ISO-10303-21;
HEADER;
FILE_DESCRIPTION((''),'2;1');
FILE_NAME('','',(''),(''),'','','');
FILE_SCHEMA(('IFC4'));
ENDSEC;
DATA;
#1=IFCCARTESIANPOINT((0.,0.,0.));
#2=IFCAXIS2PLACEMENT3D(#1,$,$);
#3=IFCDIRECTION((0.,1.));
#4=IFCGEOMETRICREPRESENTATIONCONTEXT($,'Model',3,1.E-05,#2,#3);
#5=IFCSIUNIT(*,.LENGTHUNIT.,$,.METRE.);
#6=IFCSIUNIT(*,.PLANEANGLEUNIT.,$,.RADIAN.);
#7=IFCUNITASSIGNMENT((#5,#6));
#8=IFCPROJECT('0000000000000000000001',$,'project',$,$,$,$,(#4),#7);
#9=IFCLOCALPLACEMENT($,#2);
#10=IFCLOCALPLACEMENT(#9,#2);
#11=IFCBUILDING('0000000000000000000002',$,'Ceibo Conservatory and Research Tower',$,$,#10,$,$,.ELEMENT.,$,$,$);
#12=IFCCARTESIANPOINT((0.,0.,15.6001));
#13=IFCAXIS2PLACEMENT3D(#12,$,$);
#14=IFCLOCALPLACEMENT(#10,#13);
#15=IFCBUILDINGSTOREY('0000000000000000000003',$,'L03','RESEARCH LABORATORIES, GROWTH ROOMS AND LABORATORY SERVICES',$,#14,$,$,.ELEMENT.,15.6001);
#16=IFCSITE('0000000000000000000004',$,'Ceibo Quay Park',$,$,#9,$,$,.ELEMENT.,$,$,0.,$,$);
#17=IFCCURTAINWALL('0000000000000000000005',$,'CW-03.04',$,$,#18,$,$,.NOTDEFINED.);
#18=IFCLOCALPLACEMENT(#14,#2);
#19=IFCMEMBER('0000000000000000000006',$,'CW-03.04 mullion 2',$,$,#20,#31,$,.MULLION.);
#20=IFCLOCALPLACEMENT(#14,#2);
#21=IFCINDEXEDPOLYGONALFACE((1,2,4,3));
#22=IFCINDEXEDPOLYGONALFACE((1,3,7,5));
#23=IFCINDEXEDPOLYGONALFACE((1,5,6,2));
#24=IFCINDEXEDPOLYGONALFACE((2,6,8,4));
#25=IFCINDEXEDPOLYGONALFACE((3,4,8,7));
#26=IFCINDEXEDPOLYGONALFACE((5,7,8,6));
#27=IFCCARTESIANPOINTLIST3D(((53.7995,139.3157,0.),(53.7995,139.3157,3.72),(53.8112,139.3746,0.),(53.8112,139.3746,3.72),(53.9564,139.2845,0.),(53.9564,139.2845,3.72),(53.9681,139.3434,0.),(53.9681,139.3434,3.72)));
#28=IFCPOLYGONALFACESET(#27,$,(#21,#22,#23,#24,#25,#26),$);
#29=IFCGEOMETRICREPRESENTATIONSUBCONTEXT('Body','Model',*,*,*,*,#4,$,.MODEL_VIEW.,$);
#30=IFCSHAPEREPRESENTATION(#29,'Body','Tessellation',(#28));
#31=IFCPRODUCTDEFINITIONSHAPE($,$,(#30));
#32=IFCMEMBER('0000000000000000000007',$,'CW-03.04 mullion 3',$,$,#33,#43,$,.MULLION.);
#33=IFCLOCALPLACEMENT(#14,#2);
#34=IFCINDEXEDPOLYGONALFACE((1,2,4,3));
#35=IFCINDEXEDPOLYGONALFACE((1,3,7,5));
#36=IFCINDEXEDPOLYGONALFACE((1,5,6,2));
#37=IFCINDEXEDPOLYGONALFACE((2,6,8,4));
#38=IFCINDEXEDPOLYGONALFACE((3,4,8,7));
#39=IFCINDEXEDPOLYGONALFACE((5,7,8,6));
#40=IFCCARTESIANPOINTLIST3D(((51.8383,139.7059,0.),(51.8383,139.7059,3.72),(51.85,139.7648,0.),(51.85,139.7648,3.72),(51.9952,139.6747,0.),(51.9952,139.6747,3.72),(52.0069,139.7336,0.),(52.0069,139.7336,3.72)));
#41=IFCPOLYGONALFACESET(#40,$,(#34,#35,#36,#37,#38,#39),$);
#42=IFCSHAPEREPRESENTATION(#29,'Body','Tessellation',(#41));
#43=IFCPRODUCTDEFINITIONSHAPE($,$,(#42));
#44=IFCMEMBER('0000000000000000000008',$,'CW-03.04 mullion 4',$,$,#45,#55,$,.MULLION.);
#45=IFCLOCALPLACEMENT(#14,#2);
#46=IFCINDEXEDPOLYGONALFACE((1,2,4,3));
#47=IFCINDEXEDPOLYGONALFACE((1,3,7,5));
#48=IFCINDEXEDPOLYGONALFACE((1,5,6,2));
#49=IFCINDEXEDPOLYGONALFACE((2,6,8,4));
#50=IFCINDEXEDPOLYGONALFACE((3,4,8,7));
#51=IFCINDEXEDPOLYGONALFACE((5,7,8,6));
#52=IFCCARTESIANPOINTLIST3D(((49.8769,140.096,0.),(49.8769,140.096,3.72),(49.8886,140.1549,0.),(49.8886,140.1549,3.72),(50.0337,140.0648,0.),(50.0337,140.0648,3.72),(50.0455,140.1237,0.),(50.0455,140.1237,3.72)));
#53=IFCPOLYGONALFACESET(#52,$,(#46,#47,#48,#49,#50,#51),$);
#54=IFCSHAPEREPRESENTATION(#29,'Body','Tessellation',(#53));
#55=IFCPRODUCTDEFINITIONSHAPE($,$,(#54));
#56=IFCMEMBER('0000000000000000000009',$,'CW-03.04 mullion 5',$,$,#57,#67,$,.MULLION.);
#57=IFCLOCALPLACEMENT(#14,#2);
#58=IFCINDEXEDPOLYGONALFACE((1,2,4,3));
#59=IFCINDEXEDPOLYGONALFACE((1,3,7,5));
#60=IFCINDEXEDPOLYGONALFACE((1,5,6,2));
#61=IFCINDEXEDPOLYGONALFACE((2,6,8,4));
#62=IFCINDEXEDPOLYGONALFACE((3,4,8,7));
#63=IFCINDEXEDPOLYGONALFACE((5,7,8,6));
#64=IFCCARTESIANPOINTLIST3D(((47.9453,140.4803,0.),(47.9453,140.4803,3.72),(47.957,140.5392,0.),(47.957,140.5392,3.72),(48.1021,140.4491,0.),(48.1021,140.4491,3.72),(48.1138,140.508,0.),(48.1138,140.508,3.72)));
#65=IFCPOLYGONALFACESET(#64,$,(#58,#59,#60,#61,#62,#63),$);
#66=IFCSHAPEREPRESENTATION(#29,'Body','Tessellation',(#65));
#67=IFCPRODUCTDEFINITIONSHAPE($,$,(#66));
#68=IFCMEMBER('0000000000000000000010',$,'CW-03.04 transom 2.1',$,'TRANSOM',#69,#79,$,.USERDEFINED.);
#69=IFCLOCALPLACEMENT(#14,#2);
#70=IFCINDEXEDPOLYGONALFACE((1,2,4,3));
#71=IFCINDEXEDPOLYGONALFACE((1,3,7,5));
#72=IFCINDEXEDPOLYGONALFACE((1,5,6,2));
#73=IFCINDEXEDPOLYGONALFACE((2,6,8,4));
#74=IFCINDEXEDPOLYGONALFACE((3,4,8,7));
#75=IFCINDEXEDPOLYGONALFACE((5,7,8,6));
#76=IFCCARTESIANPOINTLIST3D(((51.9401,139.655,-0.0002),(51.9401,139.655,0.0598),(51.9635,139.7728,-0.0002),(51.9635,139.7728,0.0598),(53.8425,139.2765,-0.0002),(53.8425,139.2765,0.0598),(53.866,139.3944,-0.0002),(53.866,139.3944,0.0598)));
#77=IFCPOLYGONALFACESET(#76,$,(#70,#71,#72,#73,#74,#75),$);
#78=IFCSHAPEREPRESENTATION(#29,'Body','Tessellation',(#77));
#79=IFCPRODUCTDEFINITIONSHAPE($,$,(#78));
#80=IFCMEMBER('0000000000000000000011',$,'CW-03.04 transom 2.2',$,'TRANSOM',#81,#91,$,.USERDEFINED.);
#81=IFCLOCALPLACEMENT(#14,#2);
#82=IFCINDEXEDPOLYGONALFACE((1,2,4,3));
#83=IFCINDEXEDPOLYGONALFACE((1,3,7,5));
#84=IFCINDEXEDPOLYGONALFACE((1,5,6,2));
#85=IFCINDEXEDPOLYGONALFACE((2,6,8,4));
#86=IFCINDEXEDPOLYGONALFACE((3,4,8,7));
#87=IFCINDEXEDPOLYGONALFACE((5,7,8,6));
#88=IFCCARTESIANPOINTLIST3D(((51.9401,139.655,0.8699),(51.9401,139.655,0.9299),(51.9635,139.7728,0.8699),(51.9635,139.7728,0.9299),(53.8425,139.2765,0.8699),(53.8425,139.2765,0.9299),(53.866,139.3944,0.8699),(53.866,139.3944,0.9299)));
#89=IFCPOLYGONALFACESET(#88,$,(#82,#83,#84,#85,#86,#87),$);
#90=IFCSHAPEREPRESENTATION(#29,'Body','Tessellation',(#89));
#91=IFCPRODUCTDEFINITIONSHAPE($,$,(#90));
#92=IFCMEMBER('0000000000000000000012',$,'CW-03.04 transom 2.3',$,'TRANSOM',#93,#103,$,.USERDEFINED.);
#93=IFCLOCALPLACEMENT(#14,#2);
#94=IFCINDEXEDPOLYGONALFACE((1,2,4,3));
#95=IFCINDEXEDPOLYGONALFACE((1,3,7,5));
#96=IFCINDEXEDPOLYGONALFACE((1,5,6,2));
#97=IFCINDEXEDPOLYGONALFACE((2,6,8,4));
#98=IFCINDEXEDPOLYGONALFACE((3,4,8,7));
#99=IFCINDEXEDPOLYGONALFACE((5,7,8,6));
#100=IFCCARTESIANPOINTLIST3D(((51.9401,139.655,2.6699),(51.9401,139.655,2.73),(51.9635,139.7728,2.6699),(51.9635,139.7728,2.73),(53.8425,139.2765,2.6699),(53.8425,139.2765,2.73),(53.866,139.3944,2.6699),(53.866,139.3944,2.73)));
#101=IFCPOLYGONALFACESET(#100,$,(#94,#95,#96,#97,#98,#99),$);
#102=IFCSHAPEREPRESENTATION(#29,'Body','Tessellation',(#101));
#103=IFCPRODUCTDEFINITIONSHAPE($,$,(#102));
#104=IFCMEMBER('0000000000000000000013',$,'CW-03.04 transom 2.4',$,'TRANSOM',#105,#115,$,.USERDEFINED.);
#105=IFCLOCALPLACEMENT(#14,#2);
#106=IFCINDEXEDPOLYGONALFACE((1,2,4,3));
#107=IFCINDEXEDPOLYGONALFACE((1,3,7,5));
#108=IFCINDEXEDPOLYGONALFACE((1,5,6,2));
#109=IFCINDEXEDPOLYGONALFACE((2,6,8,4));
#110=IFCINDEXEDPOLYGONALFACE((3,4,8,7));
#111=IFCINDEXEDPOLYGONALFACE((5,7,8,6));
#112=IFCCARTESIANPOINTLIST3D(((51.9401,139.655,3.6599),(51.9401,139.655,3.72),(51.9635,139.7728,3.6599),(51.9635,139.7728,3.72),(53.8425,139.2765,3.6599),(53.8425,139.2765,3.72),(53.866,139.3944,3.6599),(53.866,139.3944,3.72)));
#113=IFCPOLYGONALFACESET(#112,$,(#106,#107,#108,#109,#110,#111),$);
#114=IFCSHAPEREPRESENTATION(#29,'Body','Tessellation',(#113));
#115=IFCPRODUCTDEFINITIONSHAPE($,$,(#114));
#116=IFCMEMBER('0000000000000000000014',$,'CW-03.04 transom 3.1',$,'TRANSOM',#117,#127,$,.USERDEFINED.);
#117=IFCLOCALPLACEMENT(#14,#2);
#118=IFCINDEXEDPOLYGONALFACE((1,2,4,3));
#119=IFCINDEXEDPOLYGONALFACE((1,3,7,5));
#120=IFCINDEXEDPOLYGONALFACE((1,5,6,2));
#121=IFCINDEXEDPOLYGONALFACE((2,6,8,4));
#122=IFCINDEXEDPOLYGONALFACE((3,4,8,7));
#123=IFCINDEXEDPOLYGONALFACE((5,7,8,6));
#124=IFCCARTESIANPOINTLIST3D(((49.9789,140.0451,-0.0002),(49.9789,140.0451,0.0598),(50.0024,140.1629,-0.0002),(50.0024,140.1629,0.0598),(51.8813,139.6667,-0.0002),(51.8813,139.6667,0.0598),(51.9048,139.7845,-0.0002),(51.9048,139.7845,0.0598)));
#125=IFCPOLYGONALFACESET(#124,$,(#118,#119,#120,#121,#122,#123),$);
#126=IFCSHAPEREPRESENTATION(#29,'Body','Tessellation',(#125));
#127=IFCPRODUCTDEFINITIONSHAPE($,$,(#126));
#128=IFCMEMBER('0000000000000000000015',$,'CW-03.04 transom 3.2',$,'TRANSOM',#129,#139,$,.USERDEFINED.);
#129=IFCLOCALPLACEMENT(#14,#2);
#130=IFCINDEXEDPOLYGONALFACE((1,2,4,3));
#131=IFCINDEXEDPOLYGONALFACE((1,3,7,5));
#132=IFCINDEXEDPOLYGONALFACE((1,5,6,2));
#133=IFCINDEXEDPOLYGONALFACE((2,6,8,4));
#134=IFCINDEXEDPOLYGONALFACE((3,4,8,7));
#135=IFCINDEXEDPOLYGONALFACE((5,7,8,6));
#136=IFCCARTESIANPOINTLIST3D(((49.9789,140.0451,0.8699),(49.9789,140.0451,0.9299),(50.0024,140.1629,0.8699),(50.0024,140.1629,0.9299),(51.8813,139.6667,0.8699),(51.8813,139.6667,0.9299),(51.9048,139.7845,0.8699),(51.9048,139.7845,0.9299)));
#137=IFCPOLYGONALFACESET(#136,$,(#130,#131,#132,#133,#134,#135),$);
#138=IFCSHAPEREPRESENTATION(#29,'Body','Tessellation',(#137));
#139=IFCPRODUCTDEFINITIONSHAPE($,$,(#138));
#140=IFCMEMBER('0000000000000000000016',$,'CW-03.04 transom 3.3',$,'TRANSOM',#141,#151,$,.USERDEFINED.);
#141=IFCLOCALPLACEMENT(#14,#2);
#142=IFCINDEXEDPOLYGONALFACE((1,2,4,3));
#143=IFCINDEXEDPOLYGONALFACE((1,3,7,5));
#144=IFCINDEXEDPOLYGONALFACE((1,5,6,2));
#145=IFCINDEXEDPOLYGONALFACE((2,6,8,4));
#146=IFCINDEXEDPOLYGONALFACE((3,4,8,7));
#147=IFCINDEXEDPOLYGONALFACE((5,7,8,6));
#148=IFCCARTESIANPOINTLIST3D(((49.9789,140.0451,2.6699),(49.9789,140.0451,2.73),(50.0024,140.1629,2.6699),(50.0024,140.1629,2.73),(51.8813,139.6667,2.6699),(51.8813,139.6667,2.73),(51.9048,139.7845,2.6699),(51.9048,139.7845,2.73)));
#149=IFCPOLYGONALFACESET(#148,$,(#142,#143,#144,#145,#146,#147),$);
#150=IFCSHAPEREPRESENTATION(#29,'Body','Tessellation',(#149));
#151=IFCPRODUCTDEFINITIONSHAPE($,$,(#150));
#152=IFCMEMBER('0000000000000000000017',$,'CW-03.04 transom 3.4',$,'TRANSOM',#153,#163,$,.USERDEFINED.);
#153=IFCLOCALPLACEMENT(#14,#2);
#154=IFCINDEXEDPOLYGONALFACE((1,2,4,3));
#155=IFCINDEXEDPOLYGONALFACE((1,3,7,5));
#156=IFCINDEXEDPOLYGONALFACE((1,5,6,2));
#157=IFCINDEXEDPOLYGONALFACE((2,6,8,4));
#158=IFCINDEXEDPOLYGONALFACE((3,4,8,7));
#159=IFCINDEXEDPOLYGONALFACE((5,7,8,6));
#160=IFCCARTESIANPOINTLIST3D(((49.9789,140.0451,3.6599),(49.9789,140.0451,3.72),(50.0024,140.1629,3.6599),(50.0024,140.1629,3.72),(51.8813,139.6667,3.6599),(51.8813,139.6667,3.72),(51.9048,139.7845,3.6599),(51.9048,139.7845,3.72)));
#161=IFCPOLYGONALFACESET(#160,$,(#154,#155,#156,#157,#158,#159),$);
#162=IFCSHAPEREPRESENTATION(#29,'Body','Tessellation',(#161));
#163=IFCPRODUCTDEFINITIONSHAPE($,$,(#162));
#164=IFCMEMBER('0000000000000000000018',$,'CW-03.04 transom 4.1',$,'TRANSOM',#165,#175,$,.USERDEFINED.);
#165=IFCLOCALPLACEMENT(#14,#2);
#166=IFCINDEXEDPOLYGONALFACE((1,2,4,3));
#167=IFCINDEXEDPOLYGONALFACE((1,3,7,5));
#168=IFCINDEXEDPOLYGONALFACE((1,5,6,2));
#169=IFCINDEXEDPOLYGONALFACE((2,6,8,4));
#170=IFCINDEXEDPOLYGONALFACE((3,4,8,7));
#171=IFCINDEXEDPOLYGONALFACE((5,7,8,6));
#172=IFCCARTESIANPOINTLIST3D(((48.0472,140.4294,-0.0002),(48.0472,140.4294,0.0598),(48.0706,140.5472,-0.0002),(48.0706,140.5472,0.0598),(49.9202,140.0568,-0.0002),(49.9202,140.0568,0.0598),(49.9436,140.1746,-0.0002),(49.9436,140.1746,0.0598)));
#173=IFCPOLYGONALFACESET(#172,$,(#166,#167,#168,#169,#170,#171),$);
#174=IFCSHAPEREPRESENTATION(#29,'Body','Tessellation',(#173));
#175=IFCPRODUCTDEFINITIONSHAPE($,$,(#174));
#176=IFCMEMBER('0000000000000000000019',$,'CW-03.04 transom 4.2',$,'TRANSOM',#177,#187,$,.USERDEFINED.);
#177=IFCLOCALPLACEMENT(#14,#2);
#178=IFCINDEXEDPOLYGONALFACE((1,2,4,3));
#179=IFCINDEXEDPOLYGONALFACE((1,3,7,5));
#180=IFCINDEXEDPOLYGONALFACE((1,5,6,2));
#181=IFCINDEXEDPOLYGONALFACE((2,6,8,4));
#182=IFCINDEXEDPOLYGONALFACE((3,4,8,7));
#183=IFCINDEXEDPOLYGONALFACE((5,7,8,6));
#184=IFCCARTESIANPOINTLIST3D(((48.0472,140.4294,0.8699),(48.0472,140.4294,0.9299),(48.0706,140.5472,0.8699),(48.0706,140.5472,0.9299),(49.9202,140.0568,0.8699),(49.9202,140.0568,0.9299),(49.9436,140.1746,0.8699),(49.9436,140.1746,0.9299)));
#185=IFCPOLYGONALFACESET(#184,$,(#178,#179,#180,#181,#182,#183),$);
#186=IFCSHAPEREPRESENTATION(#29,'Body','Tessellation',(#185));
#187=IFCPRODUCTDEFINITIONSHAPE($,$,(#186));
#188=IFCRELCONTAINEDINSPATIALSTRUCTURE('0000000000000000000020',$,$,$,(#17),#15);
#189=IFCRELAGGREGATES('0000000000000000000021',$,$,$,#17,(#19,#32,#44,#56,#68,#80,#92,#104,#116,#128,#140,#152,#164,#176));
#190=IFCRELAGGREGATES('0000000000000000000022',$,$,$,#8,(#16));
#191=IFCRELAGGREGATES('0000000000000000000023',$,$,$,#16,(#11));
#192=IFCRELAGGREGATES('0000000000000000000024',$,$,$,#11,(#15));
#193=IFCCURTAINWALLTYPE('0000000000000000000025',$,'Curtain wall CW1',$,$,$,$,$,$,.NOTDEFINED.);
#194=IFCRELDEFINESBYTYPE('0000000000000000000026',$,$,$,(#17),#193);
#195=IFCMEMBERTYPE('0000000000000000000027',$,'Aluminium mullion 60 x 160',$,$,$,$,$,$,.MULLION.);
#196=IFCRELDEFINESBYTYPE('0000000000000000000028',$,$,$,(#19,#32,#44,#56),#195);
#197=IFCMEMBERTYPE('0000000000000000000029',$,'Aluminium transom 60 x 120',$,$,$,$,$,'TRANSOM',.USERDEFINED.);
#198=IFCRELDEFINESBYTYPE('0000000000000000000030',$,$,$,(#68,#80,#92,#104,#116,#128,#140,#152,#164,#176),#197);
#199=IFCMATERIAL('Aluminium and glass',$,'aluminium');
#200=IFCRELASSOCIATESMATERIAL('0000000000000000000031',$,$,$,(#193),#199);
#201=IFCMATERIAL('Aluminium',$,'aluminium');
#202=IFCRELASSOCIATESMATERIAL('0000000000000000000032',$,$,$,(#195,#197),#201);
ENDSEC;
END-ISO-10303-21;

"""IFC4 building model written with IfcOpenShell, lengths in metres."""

from ifc_helpers import new_model, si_unit, direction, frame, origin, origin_2d, place, context, subcontext, project, spatial, rectangle, extrude, material, material_profile, profile_set, type_object, element, aggregate, save


model = new_model("IFC4")

# Units and contexts
model_context = context("Model", 3, precision=1e-05, world=origin(), true_north=direction((0.0, 1.0)))
body_context = subcontext(model_context, "Body", "Model", "MODEL_VIEW")
ifc_project = project(units=[si_unit("LENGTHUNIT", "METRE"), si_unit("PLANEANGLEUNIT", "RADIAN")], contexts=[model_context])

# Site, building, storey
site_placement = place(None, origin())
site = spatial("IfcSite", under=ifc_project, at=site_placement, Name="Ceibo Quay Park", CompositionType="ELEMENT", RefElevation=0.0)
building_placement = place(site_placement, origin())
building = spatial("IfcBuilding", under=site, at=building_placement, Name="Ceibo Conservatory and Research Tower", CompositionType="ELEMENT")
storey_placement = place(building_placement, frame((0.0, 0.0, 15.6001)))
storey = spatial("IfcBuildingStorey", under=building, at=storey_placement, Name="L03", Description="RESEARCH LABORATORIES, GROWTH ROOMS AND LABORATORY SERVICES", CompositionType="ELEMENT", Elevation=15.6001)

# Curtain wall, members
ifc_material_1 = material(Name="Aluminium and glass", Category="aluminium")
curtain_wall_type = type_object("IfcCurtainWallType", Name="Curtain wall CW1", PredefinedType="NOTDEFINED", material=ifc_material_1)
curtain_wall_placement = place(storey_placement, origin())
curtain_wall = element("IfcCurtainWall", 1, at=curtain_wall_placement, inside=storey, type_object=curtain_wall_type, Name="CW-03.04", PredefinedType="NOTDEFINED")
ifc_material_2 = material(Name="Aluminium", Category="aluminium")
ifc_material_profile_1 = material_profile(ifc_material_2, rectangle(XDim=0.0601, YDim=0.1599, at=origin_2d()), Name="Aluminium 60 x 160")
ifc_profile_set_1 = profile_set([ifc_material_profile_1], Name="Aluminium")
member_type_1 = type_object("IfcMemberType", Name="Aluminium mullion 60 x 160", PredefinedType="MULLION", material=ifc_profile_set_1)
member_1_placement = place(storey_placement, frame((53.8838, 139.3296, 0.0), z_axis=(0.0, 0.0, 1.0), x_axis=(-0.19509, -0.980785, 0.0)))
member_1 = element("IfcMember", 2, at=member_1_placement, type_object=member_type_1, Name="CW-03.04 mullion 2", PredefinedType="MULLION", context=body_context, shape_type="SweptSolid", body=[
    extrude(rectangle(XDim=0.0601, YDim=0.1599, at=origin_2d()), origin(), (0.0, 0.0, 1.0), 3.72),
])
member_2_placement = place(storey_placement, frame((51.9226, 139.7197, 0.0), z_axis=(0.0, 0.0, 1.0), x_axis=(-0.19509, -0.980785, 0.0)))
member_2 = element("IfcMember", 3, at=member_2_placement, type_object=member_type_1, Name="CW-03.04 mullion 3", PredefinedType="MULLION", context=body_context, shape_type="SweptSolid", body=[
    extrude(rectangle(XDim=0.0601, YDim=0.1599, at=origin_2d()), origin(), (0.0, 0.0, 1.0), 3.72),
])
member_3_placement = place(storey_placement, frame((49.9612, 140.1099, 0.0), z_axis=(0.0, 0.0, 1.0), x_axis=(-0.19509, -0.980785, 0.0)))
member_3 = element("IfcMember", 4, at=member_3_placement, type_object=member_type_1, Name="CW-03.04 mullion 4", PredefinedType="MULLION", context=body_context, shape_type="SweptSolid", body=[
    extrude(rectangle(XDim=0.0601, YDim=0.1599, at=origin_2d()), origin(), (0.0, 0.0, 1.0), 3.72),
])
member_4_placement = place(storey_placement, frame((48.0295, 140.4941, 0.0), z_axis=(0.0, 0.0, 1.0), x_axis=(-0.19509, -0.980785, 0.0)))
member_4 = element("IfcMember", 5, at=member_4_placement, type_object=member_type_1, Name="CW-03.04 mullion 5", PredefinedType="MULLION", context=body_context, shape_type="SweptSolid", body=[
    extrude(rectangle(XDim=0.0601, YDim=0.1599, at=origin_2d()), origin(), (0.0, 0.0, 1.0), 3.72),
])
ifc_material_profile_2 = material_profile(ifc_material_2, rectangle(XDim=0.1201, YDim=0.0601, at=origin_2d()), Name="Aluminium 60 x 120")
ifc_profile_set_2 = profile_set([ifc_material_profile_2], Name="Aluminium")
member_type_2 = type_object("IfcMemberType", Name="Aluminium transom 60 x 120", ElementType="TRANSOM", PredefinedType="USERDEFINED", material=ifc_profile_set_2)
member_5_placement = place(storey_placement, frame((53.8542, 139.3354, 0.0298), z_axis=(-0.980783, 0.195099, 0.0), x_axis=(-0.195099, -0.980783, 0.0)))
member_5 = element("IfcMember", 6, at=member_5_placement, type_object=member_type_2, Name="CW-03.04 transom 2.1", ObjectType="TRANSOM", PredefinedType="USERDEFINED", context=body_context, shape_type="SweptSolid", body=[
    extrude(rectangle(XDim=0.1201, YDim=0.0601, at=origin_2d()), origin(), (0.0, 0.0, 1.0), 1.9397),
])
member_6_placement = place(storey_placement, frame((53.8542, 139.3354, 0.8999), z_axis=(-0.980783, 0.195099, 0.0), x_axis=(-0.195099, -0.980783, 0.0)))
member_6 = element("IfcMember", 7, at=member_6_placement, type_object=member_type_2, Name="CW-03.04 transom 2.2", ObjectType="TRANSOM", PredefinedType="USERDEFINED", context=body_context, shape_type="SweptSolid", body=[
    extrude(rectangle(XDim=0.1201, YDim=0.0601, at=origin_2d()), origin(), (0.0, 0.0, 1.0), 1.9397),
])
member_7_placement = place(storey_placement, frame((53.8542, 139.3354, 2.7), z_axis=(-0.980783, 0.195099, 0.0), x_axis=(-0.195099, -0.980783, 0.0)))
member_7 = element("IfcMember", 8, at=member_7_placement, type_object=member_type_2, Name="CW-03.04 transom 2.3", ObjectType="TRANSOM", PredefinedType="USERDEFINED", context=body_context, shape_type="SweptSolid", body=[
    extrude(rectangle(XDim=0.1201, YDim=0.0601, at=origin_2d()), origin(), (0.0, 0.0, 1.0), 1.9397),
])
member_8_placement = place(storey_placement, frame((53.8542, 139.3354, 3.6899), z_axis=(-0.980783, 0.195099, 0.0), x_axis=(-0.195099, -0.980783, 0.0)))
member_8 = element("IfcMember", 9, at=member_8_placement, type_object=member_type_2, Name="CW-03.04 transom 2.4", ObjectType="TRANSOM", PredefinedType="USERDEFINED", context=body_context, shape_type="SweptSolid", body=[
    extrude(rectangle(XDim=0.1201, YDim=0.0601, at=origin_2d()), origin(), (0.0, 0.0, 1.0), 1.9397),
])
member_9_placement = place(storey_placement, frame((51.8931, 139.7256, 0.0298), z_axis=(-0.980783, 0.195099, 0.0), x_axis=(-0.195099, -0.980783, 0.0)))
member_9 = element("IfcMember", 10, at=member_9_placement, type_object=member_type_2, Name="CW-03.04 transom 3.1", ObjectType="TRANSOM", PredefinedType="USERDEFINED", context=body_context, shape_type="SweptSolid", body=[
    extrude(rectangle(XDim=0.1201, YDim=0.0601, at=origin_2d()), origin(), (0.0, 0.0, 1.0), 1.9397),
])
member_10_placement = place(storey_placement, frame((51.8931, 139.7256, 0.8999), z_axis=(-0.980783, 0.195099, 0.0), x_axis=(-0.195099, -0.980783, 0.0)))
member_10 = element("IfcMember", 11, at=member_10_placement, type_object=member_type_2, Name="CW-03.04 transom 3.2", ObjectType="TRANSOM", PredefinedType="USERDEFINED", context=body_context, shape_type="SweptSolid", body=[
    extrude(rectangle(XDim=0.1201, YDim=0.0601, at=origin_2d()), origin(), (0.0, 0.0, 1.0), 1.9397),
])
member_11_placement = place(storey_placement, frame((51.8931, 139.7256, 2.7), z_axis=(-0.980783, 0.195099, 0.0), x_axis=(-0.195099, -0.980783, 0.0)))
member_11 = element("IfcMember", 12, at=member_11_placement, type_object=member_type_2, Name="CW-03.04 transom 3.3", ObjectType="TRANSOM", PredefinedType="USERDEFINED", context=body_context, shape_type="SweptSolid", body=[
    extrude(rectangle(XDim=0.1201, YDim=0.0601, at=origin_2d()), origin(), (0.0, 0.0, 1.0), 1.9397),
])
member_12_placement = place(storey_placement, frame((51.8931, 139.7256, 3.6899), z_axis=(-0.980783, 0.195099, 0.0), x_axis=(-0.195099, -0.980783, 0.0)))
member_12 = element("IfcMember", 13, at=member_12_placement, type_object=member_type_2, Name="CW-03.04 transom 3.4", ObjectType="TRANSOM", PredefinedType="USERDEFINED", context=body_context, shape_type="SweptSolid", body=[
    extrude(rectangle(XDim=0.1201, YDim=0.0601, at=origin_2d()), origin(), (0.0, 0.0, 1.0), 1.9397),
])
member_13_placement = place(storey_placement, frame((49.9319, 140.1157, 0.0298), z_axis=(-0.980787, 0.195083, 0.0), x_axis=(-0.195083, -0.980787, 0.0)))
member_13 = element("IfcMember", 14, at=member_13_placement, type_object=member_type_2, Name="CW-03.04 transom 4.1", ObjectType="TRANSOM", PredefinedType="USERDEFINED", context=body_context, shape_type="SweptSolid", body=[
    extrude(rectangle(XDim=0.1201, YDim=0.0601, at=origin_2d()), origin(), (0.0, 0.0, 1.0), 1.9097),
])
member_14_placement = place(storey_placement, frame((49.9319, 140.1157, 0.8999), z_axis=(-0.980787, 0.195083, 0.0), x_axis=(-0.195083, -0.980787, 0.0)))
member_14 = element("IfcMember", 15, at=member_14_placement, type_object=member_type_2, Name="CW-03.04 transom 4.2", ObjectType="TRANSOM", PredefinedType="USERDEFINED", context=body_context, shape_type="SweptSolid", body=[
    extrude(rectangle(XDim=0.1201, YDim=0.0601, at=origin_2d()), origin(), (0.0, 0.0, 1.0), 1.9097),
])

aggregate(curtain_wall, [member_1, member_2, member_3, member_4, member_5, member_6, member_7, member_8, member_9, member_10, member_11, member_12, member_13, member_14])

save(model, "model.ifc")
